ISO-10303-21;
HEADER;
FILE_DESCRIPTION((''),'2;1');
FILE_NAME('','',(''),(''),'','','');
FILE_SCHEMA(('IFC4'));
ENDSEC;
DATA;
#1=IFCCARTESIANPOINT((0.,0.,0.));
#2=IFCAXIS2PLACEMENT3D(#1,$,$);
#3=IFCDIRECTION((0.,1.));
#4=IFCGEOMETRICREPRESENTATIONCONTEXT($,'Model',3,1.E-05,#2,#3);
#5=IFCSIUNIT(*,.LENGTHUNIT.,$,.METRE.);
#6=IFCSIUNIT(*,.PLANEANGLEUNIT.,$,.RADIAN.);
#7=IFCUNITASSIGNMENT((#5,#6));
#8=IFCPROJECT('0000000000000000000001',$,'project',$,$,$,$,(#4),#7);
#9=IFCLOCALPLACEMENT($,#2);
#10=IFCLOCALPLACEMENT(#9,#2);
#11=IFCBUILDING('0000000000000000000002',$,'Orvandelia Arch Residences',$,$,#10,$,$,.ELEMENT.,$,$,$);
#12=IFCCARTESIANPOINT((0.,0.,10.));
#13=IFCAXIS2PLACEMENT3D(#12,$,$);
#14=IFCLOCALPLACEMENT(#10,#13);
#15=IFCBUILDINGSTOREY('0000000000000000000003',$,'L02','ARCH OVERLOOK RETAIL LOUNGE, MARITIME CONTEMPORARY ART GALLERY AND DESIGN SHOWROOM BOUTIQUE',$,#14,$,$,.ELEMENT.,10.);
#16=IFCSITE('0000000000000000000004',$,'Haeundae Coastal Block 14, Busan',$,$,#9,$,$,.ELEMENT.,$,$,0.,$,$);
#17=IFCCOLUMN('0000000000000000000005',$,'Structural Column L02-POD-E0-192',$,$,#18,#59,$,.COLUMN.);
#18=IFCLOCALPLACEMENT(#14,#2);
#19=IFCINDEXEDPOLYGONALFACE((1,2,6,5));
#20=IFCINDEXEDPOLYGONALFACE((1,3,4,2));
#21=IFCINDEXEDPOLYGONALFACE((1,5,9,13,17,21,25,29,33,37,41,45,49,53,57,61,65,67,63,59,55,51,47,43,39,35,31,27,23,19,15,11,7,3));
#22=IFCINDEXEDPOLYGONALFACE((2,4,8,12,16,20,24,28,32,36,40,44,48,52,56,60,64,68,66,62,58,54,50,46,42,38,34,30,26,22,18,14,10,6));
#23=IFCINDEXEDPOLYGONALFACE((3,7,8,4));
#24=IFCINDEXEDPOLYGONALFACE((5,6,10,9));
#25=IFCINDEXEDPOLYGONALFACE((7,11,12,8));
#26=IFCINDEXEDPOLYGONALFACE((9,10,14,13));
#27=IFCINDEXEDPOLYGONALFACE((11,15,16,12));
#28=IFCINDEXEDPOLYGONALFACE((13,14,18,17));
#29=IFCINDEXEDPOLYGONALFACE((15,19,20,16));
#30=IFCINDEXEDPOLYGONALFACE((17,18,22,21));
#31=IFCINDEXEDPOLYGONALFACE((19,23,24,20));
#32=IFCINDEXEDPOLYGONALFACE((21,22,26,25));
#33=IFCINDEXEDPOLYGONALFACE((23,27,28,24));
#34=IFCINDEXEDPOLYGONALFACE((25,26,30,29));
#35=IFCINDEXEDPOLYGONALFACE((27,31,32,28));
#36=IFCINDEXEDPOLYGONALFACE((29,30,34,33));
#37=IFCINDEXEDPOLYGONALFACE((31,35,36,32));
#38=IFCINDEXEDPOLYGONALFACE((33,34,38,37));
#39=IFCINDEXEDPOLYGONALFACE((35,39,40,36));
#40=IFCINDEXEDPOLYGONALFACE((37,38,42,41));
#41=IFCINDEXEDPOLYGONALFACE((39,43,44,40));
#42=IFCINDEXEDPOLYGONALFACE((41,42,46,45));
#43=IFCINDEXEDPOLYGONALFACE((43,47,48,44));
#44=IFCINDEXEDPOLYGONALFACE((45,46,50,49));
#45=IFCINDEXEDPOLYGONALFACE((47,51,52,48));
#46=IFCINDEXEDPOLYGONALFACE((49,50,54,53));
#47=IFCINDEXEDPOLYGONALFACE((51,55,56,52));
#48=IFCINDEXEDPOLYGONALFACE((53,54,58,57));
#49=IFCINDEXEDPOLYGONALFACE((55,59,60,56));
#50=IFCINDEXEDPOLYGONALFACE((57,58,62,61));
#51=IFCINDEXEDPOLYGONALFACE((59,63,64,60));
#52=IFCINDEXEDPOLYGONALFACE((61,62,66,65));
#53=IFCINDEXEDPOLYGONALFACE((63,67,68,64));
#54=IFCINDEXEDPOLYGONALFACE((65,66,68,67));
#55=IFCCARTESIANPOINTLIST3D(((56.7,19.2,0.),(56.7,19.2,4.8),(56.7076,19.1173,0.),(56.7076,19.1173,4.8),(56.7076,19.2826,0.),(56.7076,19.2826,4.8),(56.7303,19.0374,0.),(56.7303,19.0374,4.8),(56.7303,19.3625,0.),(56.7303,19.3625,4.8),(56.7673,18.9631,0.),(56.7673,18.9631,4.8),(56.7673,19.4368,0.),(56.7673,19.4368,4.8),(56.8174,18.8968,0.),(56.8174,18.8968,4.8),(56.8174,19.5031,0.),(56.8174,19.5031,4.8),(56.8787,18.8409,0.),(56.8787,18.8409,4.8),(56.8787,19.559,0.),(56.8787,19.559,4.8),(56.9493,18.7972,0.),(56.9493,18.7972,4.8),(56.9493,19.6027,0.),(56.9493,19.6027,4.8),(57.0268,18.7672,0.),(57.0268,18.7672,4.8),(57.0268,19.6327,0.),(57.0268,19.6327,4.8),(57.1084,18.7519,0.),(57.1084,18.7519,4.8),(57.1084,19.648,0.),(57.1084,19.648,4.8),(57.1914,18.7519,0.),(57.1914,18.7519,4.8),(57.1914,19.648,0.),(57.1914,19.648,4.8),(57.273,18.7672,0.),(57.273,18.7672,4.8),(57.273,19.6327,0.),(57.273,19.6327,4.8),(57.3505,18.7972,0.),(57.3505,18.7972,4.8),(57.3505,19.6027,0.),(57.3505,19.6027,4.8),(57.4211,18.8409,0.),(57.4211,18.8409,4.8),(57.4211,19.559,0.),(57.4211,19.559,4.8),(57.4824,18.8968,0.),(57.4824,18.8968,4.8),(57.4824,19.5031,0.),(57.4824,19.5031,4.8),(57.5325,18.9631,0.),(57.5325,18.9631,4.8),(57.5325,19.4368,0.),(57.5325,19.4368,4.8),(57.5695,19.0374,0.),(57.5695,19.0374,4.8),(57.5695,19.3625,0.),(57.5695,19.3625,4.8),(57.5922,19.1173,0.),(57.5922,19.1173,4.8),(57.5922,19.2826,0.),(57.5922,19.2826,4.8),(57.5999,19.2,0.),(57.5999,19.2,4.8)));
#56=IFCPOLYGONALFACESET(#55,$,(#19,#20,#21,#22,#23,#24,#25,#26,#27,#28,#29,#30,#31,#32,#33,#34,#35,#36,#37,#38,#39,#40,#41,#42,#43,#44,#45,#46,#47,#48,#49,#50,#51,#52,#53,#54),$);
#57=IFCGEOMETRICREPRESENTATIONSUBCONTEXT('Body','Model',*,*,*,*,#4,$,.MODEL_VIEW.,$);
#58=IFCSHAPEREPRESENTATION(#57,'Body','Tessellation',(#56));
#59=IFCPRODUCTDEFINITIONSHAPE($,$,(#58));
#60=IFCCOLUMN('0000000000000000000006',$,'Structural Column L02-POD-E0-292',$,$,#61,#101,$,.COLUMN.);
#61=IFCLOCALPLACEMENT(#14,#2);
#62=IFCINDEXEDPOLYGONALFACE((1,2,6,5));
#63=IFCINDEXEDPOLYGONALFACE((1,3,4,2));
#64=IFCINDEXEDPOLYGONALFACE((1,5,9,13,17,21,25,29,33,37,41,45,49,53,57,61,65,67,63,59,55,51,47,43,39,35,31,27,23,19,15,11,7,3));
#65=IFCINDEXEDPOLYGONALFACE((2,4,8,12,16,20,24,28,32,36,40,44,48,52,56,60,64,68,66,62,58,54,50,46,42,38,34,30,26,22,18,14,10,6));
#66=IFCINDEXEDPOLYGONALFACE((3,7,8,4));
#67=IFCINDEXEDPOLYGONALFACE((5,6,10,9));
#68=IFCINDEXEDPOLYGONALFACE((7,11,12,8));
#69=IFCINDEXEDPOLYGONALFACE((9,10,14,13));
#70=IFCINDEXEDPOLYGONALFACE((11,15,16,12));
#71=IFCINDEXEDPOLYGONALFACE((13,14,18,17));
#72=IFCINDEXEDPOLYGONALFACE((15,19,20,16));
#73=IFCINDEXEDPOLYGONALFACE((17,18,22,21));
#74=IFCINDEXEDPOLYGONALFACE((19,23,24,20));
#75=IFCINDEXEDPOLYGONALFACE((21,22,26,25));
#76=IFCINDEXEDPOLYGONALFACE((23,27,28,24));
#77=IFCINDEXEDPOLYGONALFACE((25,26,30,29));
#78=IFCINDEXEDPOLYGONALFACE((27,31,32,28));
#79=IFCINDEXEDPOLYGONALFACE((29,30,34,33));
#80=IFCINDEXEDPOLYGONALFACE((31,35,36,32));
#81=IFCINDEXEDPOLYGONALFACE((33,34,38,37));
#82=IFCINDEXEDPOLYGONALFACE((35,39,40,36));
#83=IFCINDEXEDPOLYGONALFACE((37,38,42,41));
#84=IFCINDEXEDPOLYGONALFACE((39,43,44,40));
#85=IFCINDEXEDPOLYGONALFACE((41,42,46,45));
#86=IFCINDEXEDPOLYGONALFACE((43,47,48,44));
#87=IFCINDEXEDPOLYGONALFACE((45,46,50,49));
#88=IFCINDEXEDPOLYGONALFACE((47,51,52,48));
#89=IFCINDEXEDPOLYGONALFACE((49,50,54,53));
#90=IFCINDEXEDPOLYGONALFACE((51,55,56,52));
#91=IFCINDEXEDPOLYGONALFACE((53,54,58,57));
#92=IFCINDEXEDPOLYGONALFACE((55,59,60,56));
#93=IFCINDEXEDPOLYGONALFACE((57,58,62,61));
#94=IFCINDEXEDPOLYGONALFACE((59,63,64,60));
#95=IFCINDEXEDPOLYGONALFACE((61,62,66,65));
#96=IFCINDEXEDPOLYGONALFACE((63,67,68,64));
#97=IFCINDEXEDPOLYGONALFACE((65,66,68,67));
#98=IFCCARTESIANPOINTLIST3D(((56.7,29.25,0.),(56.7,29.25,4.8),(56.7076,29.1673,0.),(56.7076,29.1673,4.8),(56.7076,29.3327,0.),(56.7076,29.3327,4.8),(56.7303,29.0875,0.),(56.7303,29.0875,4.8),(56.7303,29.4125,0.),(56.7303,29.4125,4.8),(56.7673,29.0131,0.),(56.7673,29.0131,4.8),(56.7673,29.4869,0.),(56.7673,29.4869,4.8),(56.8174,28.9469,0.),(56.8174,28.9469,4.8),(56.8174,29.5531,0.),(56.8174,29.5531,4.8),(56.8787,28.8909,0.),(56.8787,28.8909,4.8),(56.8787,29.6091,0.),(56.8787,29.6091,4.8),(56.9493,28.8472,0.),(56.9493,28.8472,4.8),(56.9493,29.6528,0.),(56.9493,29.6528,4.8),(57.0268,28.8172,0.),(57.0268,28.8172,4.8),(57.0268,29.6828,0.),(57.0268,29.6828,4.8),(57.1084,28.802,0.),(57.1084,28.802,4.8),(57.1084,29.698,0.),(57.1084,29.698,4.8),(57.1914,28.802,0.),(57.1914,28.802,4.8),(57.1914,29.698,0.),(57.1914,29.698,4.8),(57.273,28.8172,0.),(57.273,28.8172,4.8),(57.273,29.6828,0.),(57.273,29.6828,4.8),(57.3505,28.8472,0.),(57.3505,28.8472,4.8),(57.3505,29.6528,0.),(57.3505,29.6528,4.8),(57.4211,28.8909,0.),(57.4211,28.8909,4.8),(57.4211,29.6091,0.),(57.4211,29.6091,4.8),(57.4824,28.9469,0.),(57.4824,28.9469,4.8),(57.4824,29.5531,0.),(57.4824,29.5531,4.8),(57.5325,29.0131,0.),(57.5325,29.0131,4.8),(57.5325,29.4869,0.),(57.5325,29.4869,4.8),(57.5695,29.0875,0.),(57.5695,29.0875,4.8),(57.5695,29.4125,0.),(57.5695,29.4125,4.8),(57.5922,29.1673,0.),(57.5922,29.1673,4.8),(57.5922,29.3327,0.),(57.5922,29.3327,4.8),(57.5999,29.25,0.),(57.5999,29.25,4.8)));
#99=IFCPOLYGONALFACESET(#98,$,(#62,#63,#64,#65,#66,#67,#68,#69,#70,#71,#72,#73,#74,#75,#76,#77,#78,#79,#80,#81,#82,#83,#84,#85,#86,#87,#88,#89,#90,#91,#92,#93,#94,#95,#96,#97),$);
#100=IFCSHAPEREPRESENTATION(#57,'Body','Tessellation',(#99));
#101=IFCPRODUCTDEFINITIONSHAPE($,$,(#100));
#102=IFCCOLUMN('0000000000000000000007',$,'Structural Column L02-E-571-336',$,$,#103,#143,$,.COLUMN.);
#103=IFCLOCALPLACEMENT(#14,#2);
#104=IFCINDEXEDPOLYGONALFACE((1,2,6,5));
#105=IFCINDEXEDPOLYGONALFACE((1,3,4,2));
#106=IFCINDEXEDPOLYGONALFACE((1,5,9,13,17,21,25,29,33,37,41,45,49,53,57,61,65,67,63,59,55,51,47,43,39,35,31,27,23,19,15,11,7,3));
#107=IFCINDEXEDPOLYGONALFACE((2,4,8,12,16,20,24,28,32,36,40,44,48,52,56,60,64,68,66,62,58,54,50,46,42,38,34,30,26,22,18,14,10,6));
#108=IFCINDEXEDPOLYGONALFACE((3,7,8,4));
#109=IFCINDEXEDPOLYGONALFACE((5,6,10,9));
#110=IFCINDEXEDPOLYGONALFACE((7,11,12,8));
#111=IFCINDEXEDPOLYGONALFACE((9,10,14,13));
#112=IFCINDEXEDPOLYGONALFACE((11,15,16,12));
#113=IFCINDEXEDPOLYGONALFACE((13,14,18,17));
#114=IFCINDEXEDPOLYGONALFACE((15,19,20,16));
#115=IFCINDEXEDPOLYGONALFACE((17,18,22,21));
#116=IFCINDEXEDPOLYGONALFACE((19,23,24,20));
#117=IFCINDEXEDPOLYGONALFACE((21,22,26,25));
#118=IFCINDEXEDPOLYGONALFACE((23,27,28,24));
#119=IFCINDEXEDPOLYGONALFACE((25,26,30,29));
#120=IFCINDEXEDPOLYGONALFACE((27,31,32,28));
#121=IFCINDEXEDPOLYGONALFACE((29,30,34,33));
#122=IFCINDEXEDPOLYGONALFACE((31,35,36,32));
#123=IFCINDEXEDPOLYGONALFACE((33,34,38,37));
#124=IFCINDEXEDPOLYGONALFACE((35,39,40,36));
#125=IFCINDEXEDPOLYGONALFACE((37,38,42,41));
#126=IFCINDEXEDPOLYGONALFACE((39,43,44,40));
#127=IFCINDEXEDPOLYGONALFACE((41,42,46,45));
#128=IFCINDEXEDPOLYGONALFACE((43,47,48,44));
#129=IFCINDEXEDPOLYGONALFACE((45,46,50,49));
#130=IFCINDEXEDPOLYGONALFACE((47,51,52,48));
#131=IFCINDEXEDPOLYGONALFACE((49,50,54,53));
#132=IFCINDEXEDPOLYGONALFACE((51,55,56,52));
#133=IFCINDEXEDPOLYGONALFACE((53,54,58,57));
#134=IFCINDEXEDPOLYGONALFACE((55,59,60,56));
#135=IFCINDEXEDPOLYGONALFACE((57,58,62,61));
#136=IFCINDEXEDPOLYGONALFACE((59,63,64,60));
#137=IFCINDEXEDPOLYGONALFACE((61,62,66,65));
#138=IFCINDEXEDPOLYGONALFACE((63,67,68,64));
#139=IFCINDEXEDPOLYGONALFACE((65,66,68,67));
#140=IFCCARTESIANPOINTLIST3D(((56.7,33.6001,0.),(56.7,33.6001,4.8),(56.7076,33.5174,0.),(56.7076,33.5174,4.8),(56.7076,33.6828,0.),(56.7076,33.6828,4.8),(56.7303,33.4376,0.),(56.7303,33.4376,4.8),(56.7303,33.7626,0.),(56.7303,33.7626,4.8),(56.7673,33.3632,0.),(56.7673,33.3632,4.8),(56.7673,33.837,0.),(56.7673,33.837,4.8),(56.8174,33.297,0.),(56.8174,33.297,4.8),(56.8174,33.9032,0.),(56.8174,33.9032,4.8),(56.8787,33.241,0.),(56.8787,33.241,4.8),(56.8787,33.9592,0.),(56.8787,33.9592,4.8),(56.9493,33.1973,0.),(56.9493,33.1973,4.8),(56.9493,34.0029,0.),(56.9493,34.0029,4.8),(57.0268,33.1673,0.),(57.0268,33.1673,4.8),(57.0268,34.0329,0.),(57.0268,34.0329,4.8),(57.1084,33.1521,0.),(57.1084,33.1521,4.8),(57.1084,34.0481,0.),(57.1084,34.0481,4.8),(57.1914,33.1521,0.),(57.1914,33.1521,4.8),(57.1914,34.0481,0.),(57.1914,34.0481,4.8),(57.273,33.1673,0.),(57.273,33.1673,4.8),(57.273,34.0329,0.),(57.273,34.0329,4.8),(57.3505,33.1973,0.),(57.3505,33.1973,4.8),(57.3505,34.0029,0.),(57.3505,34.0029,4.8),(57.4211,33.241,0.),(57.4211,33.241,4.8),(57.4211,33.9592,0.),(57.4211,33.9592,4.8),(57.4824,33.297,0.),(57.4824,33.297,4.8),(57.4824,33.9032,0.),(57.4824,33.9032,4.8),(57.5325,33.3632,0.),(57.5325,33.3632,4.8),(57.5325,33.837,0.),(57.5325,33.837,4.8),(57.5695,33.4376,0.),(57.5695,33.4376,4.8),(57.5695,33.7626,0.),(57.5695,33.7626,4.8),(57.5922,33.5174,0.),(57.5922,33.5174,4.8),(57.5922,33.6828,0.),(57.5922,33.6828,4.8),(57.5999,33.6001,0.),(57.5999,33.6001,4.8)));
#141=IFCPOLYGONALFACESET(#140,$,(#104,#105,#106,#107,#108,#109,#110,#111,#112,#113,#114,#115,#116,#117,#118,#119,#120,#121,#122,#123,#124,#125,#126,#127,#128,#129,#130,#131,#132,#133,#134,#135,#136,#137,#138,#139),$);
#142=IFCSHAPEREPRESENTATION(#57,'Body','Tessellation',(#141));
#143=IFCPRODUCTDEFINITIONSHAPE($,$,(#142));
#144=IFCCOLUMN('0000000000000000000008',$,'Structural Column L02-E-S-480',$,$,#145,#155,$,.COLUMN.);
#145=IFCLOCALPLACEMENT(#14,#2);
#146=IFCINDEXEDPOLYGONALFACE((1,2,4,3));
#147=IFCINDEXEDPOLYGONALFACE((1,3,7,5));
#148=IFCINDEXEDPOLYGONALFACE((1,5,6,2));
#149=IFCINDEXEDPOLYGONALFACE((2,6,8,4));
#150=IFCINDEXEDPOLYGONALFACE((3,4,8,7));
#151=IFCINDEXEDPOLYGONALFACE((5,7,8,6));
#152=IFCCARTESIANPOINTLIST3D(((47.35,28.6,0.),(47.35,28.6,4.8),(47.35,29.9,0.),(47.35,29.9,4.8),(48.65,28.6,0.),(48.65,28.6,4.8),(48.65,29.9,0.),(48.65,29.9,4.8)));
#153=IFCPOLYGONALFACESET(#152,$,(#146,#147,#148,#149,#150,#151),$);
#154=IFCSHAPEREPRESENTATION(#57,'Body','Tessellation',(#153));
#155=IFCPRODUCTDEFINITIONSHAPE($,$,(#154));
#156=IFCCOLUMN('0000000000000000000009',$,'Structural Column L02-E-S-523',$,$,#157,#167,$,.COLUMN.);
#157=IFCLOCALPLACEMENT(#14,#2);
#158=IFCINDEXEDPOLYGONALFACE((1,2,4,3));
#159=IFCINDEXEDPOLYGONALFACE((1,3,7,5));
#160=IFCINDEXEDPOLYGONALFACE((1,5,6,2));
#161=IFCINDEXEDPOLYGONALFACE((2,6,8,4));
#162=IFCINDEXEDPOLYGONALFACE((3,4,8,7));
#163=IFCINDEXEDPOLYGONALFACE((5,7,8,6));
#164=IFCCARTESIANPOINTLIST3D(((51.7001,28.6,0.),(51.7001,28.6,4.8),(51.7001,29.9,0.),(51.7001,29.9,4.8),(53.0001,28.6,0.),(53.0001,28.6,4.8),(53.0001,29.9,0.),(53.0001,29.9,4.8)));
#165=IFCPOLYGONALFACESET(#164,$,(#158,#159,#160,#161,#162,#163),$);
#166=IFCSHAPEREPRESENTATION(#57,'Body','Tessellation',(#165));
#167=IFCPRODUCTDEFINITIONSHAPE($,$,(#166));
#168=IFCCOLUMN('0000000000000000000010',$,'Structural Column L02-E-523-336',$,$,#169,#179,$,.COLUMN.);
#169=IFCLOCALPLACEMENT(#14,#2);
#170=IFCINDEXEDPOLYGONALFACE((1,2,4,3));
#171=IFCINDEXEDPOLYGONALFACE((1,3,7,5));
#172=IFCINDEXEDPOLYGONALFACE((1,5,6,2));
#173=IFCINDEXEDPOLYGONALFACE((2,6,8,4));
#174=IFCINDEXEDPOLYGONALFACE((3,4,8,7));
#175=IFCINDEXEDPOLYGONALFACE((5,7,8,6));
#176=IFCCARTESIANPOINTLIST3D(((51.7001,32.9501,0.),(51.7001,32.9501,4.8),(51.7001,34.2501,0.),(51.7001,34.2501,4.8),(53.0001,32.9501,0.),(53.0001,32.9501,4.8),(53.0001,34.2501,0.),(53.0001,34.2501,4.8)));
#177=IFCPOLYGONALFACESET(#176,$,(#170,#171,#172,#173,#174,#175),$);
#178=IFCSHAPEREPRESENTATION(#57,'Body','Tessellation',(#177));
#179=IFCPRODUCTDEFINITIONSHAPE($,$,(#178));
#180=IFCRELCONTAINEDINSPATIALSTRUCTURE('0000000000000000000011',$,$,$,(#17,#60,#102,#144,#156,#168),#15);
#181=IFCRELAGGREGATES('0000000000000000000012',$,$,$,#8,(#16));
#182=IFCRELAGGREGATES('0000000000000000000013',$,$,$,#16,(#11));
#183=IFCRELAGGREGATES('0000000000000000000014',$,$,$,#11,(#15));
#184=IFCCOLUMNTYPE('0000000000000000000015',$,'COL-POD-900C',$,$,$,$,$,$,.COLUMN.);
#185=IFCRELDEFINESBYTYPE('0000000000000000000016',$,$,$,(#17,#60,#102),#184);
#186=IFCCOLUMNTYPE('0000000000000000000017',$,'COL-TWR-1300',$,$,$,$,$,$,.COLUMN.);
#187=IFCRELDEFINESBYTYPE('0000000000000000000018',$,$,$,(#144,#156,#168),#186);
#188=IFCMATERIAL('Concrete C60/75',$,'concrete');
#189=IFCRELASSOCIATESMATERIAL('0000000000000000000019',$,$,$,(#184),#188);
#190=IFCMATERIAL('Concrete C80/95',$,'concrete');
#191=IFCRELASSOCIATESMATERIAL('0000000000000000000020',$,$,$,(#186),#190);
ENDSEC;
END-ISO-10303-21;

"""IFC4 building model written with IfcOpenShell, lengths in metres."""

from ifc_helpers import new_model, si_unit, direction, frame, origin, origin_2d, place, context, subcontext, project, spatial, rectangle, circle, extrude, material, material_profile, profile_set, type_object, element, save


model = new_model("IFC4")

# Units and contexts
model_context = context("Model", 3, precision=1e-05, world=origin(), true_north=direction((0.0, 1.0)))
body_context = subcontext(model_context, "Body", "Model", "MODEL_VIEW")
ifc_project = project(units=[si_unit("LENGTHUNIT", "METRE"), si_unit("PLANEANGLEUNIT", "RADIAN")], contexts=[model_context])

# Site, building, storey
site_placement = place(None, origin())
site = spatial("IfcSite", under=ifc_project, at=site_placement, Name="Haeundae Coastal Block 14, Busan", CompositionType="ELEMENT", RefElevation=0.0)
building_placement = place(site_placement, origin())
building = spatial("IfcBuilding", under=site, at=building_placement, Name="Orvandelia Arch Residences", CompositionType="ELEMENT")
storey_placement = place(building_placement, frame((0.0, 0.0, 10.0)))
storey = spatial("IfcBuildingStorey", under=building, at=storey_placement, Name="L02", Description="ARCH OVERLOOK RETAIL LOUNGE, MARITIME CONTEMPORARY ART GALLERY AND DESIGN SHOWROOM BOUTIQUE", CompositionType="ELEMENT", Elevation=10.0)

# Columns
ifc_material_1 = material(Name="Concrete C60/75", Category="concrete")
ifc_material_profile_1 = material_profile(ifc_material_1, circle(Radius=0.45, at=origin_2d()), Name="Concrete C60/75", Category="concrete")
ifc_profile_set_1 = profile_set([ifc_material_profile_1], Name="Concrete C60/75")
column_type_1 = type_object("IfcColumnType", Name="COL-POD-900C", PredefinedType="COLUMN", material=ifc_profile_set_1)
for number, where, z_axis, x_axis, name in (
    (1, (57.1499, 19.2, 0.0), (0.0, 0.0, 1.0), (1.0, 0.0, 0.0), "Structural Column L02-POD-E0-192"),
    (2, (57.1499, 29.25, 0.0), (0.0, 0.0, 1.0), (1.0, 0.0, 0.0), "Structural Column L02-POD-E0-292"),
    (3, (57.1499, 33.6001, 0.0), (0.0, 0.0, 1.0), (1.0, 0.0, 0.0), "Structural Column L02-E-571-336"),
):
    element("IfcColumn", number, at=place(storey_placement, frame(where, z_axis=z_axis, x_axis=x_axis)), inside=storey, type_object=column_type_1, Name=name, PredefinedType="COLUMN", context=body_context, shape_type="SweptSolid", body=[
        extrude(circle(Radius=0.45, at=origin_2d()), origin(), (0.0, 0.0, 1.0), 4.8),
    ])
ifc_material_2 = material(Name="Concrete C80/95", Category="concrete")
ifc_material_profile_2 = material_profile(ifc_material_2, rectangle(XDim=1.3, YDim=1.3, at=origin_2d()), Name="Concrete C80/95", Category="concrete")
ifc_profile_set_2 = profile_set([ifc_material_profile_2], Name="Concrete C80/95")
column_type_2 = type_object("IfcColumnType", Name="COL-TWR-1300", PredefinedType="COLUMN", material=ifc_profile_set_2)
for number, where, z_axis, x_axis, name in (
    (4, (48.0, 29.25, 0.0), (0.0, 0.0, 1.0), (1.0, 0.0, 0.0), "Structural Column L02-E-S-480"),
    (5, (52.3501, 29.25, 0.0), (0.0, 0.0, 1.0), (1.0, 0.0, 0.0), "Structural Column L02-E-S-523"),
    (6, (52.3501, 33.6001, 0.0), (0.0, 0.0, 1.0), (1.0, 0.0, 0.0), "Structural Column L02-E-523-336"),
):
    element("IfcColumn", number, at=place(storey_placement, frame(where, z_axis=z_axis, x_axis=x_axis)), inside=storey, type_object=column_type_2, Name=name, PredefinedType="COLUMN", context=body_context, shape_type="SweptSolid", body=[
        extrude(rectangle(XDim=1.3, YDim=1.3, at=origin_2d()), origin(), (0.0, 0.0, 1.0), 4.8),
    ])

save(model, "model.ifc")
